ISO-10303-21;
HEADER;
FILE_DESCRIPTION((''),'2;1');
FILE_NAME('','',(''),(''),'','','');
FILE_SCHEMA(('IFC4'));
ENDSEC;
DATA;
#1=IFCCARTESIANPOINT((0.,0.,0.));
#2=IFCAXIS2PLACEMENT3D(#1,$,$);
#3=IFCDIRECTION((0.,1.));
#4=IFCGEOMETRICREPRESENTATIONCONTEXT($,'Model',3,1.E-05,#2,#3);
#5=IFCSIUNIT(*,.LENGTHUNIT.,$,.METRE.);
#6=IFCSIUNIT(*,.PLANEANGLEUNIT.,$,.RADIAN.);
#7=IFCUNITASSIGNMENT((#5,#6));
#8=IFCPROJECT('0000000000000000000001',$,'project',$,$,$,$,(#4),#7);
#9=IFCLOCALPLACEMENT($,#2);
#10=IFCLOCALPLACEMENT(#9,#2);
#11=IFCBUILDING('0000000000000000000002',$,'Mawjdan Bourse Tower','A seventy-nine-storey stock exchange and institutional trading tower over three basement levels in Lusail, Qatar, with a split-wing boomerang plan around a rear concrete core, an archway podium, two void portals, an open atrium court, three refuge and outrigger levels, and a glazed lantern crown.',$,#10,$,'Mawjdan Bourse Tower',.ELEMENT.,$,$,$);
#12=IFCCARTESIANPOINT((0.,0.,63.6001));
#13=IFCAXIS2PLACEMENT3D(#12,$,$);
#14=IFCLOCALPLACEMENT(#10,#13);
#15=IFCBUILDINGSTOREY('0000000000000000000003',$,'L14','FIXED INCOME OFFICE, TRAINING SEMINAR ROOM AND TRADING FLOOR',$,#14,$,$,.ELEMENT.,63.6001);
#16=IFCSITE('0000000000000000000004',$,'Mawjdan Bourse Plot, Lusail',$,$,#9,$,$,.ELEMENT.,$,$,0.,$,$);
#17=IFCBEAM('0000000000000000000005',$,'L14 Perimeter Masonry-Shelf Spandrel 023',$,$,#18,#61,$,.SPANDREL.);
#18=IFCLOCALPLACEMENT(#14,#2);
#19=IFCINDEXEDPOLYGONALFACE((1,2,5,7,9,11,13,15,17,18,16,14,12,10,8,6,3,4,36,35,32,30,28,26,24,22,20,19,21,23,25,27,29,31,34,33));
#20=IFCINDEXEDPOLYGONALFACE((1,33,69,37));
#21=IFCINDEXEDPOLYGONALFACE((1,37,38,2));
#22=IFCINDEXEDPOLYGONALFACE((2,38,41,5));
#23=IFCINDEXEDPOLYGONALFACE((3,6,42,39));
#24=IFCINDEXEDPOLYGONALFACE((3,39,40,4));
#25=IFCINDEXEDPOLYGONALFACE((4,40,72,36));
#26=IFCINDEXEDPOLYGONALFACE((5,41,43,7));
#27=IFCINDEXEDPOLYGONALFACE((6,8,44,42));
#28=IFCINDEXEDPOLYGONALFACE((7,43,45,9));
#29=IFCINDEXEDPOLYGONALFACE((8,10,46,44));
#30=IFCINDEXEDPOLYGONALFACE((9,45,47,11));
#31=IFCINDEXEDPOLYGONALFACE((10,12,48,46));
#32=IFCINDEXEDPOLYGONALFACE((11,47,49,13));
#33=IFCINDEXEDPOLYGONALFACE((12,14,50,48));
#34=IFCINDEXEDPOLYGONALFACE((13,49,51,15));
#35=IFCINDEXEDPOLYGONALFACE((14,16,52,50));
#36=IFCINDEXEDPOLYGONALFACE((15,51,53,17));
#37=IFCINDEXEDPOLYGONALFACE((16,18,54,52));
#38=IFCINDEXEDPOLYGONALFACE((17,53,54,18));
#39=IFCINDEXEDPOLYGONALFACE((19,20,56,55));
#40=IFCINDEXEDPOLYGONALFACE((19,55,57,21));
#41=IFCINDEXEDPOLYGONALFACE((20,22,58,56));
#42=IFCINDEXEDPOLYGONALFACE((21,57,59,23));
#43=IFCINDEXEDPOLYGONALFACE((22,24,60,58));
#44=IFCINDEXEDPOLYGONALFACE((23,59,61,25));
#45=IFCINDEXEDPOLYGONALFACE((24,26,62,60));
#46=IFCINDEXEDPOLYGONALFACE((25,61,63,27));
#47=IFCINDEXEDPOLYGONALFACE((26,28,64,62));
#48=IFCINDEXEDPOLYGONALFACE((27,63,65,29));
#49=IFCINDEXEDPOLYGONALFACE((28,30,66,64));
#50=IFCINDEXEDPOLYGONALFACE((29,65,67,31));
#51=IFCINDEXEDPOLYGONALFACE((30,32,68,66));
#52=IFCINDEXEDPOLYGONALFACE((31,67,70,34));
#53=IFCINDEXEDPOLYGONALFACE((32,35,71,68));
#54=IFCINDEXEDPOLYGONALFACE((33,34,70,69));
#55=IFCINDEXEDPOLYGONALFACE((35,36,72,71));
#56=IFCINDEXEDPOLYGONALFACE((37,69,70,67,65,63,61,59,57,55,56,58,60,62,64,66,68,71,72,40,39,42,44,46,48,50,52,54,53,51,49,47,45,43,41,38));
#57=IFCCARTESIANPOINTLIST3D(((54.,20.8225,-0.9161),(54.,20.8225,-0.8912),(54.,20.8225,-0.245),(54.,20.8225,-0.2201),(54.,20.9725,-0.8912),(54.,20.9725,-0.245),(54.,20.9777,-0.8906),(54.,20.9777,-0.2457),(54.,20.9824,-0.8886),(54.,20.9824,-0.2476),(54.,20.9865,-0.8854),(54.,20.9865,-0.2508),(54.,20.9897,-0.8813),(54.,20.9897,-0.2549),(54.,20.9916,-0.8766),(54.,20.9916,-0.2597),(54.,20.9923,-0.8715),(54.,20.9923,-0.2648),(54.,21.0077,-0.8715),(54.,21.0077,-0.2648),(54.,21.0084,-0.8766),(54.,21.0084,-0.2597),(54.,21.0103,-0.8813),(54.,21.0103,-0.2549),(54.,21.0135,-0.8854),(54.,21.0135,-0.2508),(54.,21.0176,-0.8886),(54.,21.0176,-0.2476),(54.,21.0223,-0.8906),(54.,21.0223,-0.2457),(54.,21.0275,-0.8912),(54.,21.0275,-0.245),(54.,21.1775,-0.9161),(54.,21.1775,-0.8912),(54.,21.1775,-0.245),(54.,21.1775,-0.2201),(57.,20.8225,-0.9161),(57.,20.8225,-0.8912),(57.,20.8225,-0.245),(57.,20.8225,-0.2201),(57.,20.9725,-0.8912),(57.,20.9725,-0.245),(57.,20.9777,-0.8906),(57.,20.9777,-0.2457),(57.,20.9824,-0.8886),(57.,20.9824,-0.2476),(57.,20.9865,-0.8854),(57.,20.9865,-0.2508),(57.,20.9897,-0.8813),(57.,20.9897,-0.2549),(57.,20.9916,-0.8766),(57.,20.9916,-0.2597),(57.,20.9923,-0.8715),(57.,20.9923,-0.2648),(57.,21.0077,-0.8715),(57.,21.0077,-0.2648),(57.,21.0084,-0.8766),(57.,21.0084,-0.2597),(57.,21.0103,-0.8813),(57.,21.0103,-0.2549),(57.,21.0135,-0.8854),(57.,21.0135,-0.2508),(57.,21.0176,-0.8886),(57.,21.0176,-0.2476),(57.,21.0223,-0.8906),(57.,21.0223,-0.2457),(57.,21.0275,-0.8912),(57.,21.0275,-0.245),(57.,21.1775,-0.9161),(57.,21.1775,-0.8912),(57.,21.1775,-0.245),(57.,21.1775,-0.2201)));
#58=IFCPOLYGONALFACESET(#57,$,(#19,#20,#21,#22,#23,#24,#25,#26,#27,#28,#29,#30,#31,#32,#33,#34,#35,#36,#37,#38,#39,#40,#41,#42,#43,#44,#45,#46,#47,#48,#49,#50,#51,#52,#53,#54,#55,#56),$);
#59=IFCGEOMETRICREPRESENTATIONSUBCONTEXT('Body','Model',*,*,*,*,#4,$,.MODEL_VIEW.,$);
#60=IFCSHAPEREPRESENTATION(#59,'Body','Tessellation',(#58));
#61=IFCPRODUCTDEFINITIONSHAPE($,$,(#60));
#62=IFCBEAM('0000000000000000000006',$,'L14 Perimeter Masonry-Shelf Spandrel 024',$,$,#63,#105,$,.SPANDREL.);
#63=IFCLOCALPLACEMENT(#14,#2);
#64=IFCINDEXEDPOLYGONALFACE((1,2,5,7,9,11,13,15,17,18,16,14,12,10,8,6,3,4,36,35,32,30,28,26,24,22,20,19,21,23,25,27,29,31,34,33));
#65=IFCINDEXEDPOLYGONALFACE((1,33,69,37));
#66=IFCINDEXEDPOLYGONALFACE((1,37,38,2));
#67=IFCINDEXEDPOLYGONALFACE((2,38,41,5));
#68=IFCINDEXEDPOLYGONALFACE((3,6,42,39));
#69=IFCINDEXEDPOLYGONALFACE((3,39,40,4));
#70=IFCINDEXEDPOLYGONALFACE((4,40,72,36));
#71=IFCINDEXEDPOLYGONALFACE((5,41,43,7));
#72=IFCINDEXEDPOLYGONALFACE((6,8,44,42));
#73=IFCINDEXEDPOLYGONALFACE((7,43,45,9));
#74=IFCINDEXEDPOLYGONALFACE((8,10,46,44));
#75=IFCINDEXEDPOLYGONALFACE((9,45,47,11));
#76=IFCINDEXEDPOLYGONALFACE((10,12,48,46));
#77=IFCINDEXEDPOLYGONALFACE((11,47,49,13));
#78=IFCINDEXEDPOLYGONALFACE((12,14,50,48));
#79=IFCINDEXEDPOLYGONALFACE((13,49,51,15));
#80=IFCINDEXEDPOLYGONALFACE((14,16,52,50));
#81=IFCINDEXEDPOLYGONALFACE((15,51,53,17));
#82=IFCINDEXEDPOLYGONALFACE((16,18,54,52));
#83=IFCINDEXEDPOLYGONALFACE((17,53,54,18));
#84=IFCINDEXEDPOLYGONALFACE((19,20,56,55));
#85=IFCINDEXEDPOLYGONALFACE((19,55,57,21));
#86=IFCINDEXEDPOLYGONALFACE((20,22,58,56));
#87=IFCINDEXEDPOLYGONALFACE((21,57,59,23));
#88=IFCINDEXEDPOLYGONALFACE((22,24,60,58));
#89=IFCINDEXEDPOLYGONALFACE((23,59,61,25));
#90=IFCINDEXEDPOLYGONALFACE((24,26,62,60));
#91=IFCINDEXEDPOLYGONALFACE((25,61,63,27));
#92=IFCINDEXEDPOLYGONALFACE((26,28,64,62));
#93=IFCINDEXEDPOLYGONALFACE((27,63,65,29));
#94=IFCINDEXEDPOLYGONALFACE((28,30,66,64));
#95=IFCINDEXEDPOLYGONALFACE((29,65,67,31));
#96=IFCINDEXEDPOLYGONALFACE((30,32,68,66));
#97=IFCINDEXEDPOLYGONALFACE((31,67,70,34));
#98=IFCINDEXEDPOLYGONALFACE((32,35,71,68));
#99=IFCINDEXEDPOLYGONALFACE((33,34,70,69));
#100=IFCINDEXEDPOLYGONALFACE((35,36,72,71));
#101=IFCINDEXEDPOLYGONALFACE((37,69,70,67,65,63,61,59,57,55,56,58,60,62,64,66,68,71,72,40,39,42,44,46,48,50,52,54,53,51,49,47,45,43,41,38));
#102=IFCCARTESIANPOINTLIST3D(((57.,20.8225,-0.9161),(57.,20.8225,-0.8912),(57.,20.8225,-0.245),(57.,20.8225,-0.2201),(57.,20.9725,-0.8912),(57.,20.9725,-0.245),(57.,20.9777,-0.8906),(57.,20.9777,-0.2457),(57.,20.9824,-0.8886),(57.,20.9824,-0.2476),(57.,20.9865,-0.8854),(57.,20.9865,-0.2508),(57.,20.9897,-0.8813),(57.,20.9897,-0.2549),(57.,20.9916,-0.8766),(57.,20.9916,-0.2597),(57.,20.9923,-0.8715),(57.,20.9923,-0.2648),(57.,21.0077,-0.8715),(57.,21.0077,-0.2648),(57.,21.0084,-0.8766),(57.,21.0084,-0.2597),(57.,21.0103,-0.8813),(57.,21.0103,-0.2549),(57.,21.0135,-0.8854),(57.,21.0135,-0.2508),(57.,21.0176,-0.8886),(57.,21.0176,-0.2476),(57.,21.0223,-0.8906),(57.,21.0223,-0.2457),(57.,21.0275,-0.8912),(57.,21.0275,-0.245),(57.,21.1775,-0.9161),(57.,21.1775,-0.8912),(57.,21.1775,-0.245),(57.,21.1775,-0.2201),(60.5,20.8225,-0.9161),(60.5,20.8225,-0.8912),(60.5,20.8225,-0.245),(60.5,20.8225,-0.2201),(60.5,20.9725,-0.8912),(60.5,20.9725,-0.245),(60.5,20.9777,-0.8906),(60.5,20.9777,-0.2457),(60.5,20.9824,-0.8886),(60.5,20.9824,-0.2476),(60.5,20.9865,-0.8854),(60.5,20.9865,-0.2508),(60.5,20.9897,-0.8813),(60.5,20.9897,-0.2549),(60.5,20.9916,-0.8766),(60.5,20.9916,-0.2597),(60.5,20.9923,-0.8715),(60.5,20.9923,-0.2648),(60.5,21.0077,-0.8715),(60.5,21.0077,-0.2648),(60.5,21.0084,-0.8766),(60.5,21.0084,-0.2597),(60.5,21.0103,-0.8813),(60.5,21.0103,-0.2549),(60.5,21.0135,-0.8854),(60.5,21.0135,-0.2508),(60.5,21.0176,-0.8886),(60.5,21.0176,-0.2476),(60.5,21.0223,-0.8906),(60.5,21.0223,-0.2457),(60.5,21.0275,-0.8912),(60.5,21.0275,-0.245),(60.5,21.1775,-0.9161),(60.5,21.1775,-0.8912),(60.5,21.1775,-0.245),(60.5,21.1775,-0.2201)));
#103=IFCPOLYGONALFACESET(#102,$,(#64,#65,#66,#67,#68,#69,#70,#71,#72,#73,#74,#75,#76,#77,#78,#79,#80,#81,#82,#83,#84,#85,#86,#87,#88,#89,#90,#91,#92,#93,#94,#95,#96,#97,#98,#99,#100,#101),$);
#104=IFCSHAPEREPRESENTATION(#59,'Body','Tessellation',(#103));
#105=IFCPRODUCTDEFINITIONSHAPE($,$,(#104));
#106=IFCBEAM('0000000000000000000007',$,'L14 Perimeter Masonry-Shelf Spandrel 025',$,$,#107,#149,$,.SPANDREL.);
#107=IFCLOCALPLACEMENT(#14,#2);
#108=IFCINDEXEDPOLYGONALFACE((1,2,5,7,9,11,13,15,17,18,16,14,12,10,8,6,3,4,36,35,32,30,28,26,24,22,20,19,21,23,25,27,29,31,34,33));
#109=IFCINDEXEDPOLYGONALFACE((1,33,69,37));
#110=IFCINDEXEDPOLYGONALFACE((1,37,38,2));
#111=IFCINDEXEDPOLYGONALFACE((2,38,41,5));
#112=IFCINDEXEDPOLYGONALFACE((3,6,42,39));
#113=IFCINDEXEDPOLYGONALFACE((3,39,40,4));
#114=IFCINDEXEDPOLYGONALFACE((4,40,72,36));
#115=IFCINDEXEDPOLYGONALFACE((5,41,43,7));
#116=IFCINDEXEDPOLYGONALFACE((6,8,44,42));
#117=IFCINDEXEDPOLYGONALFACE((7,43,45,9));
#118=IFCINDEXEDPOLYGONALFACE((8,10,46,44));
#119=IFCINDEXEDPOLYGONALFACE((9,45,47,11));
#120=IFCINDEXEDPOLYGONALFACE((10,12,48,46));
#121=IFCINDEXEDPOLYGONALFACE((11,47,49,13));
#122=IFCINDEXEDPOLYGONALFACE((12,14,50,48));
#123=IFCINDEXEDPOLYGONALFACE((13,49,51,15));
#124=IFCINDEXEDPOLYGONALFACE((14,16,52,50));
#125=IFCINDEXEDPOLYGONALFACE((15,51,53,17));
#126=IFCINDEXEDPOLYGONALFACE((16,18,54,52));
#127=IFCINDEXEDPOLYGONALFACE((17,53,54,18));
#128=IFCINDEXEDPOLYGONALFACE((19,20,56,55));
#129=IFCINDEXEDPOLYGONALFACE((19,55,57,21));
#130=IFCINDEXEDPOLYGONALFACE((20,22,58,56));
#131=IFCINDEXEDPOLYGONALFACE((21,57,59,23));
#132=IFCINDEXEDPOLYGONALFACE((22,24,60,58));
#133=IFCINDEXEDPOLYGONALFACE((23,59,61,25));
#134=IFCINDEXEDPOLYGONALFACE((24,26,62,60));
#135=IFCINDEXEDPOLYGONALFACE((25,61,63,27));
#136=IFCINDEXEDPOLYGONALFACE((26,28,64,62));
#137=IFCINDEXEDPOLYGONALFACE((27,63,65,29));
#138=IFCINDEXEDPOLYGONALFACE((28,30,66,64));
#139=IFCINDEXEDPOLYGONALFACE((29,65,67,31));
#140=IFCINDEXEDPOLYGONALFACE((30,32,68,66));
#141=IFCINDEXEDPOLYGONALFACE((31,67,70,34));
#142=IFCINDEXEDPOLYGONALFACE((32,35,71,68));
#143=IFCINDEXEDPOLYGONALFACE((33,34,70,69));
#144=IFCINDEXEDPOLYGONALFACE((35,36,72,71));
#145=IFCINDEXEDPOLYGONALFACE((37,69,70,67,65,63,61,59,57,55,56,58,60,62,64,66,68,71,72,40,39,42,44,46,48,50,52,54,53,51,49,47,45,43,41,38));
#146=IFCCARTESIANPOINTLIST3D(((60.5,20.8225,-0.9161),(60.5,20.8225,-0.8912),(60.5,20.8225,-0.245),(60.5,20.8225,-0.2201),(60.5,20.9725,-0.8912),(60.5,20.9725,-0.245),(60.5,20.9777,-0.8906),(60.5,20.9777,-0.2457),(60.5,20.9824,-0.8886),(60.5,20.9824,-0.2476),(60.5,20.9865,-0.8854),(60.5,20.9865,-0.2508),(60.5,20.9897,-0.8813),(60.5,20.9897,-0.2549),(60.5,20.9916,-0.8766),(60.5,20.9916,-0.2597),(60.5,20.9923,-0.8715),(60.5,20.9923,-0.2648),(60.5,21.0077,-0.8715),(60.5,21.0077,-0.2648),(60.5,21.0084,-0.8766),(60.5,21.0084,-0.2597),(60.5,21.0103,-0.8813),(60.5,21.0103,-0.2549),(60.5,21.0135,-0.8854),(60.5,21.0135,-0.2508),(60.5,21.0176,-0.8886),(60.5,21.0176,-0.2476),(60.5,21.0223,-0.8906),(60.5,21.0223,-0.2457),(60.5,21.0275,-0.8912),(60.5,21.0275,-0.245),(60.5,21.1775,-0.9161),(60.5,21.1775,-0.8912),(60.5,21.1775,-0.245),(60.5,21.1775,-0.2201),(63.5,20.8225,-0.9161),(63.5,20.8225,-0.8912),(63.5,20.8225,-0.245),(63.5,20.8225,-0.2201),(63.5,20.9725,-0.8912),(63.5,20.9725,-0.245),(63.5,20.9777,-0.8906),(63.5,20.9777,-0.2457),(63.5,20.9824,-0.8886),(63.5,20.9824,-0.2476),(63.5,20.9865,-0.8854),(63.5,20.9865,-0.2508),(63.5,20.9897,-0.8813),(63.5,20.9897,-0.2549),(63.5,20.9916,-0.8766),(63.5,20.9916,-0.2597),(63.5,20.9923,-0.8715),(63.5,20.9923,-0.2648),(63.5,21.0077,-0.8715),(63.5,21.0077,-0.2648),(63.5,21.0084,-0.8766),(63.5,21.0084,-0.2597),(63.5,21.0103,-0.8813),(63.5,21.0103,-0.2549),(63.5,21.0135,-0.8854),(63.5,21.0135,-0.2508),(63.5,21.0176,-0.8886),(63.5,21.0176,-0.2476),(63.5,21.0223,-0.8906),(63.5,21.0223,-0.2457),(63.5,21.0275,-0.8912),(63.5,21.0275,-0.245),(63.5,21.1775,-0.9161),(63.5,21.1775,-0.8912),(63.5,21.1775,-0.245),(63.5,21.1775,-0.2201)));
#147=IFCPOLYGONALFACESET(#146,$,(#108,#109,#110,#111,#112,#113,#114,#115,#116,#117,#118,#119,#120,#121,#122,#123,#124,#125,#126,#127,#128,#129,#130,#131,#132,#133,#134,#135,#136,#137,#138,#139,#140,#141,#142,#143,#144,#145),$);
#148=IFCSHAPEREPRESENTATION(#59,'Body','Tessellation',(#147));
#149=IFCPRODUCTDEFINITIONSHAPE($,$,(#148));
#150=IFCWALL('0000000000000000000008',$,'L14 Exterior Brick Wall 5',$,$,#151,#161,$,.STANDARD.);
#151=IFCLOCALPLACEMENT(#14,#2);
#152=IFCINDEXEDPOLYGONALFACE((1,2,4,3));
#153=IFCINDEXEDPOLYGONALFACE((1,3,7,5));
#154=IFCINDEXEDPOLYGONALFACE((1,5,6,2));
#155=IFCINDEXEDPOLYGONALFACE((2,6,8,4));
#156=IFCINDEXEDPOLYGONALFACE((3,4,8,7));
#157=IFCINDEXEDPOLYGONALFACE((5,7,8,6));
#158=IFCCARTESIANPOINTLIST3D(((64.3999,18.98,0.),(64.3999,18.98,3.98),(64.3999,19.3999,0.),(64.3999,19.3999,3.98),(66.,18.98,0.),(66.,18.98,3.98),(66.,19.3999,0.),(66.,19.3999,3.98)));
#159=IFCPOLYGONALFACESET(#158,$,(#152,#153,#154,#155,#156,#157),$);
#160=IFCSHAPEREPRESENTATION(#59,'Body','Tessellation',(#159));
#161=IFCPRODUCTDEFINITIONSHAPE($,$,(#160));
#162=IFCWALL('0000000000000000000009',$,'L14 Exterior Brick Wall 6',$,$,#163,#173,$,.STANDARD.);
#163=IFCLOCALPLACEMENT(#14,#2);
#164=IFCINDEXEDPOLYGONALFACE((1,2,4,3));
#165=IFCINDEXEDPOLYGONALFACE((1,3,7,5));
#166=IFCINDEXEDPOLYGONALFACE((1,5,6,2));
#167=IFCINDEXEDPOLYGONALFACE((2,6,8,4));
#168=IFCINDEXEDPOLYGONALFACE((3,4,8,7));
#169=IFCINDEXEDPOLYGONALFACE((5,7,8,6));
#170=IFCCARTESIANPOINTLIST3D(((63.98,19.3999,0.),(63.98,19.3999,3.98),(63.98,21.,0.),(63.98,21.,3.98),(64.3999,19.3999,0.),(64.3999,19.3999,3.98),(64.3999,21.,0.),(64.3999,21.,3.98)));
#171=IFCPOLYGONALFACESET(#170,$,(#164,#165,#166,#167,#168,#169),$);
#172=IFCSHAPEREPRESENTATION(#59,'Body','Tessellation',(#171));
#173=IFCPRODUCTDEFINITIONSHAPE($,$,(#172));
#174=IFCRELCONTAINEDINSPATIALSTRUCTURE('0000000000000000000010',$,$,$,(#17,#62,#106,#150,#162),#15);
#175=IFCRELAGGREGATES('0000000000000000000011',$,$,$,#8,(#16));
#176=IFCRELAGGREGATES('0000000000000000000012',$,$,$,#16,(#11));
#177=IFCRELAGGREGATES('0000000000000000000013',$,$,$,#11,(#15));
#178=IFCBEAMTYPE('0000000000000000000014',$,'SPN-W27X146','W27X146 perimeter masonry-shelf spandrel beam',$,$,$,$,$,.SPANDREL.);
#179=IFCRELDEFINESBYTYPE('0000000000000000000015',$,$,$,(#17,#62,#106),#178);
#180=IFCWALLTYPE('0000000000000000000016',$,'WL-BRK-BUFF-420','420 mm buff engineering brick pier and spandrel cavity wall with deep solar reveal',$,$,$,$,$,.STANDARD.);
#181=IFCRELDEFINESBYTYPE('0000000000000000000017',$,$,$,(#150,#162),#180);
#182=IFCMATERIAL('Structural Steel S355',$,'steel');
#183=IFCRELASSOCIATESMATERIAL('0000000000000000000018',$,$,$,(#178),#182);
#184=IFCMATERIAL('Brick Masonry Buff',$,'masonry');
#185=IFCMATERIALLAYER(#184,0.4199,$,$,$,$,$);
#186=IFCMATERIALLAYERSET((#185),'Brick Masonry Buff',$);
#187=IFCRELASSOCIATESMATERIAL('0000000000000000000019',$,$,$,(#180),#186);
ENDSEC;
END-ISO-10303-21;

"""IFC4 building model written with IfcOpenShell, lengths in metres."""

from ifc_helpers import new_model, si_unit, direction, frame, frame_2d, origin, origin_2d, place, context, subcontext, project, spatial, rectangle, i_section, extrude, material, layer, layer_set, material_profile, profile_set, type_object, element, save


model = new_model("IFC4")

# Units and contexts
model_context = context("Model", 3, precision=1e-05, world=origin(), true_north=direction((0.0, 1.0)))
body_context = subcontext(model_context, "Body", "Model", "MODEL_VIEW")
ifc_project = project(units=[si_unit("LENGTHUNIT", "METRE"), si_unit("PLANEANGLEUNIT", "RADIAN")], contexts=[model_context])

# Site, building, storey
site_placement = place(None, origin())
site = spatial("IfcSite", under=ifc_project, at=site_placement, Name="Mawjdan Bourse Plot, Lusail", CompositionType="ELEMENT", RefElevation=0.0)
building_placement = place(site_placement, origin())
building = spatial("IfcBuilding", under=site, at=building_placement, Name="Mawjdan Bourse Tower", Description="A seventy-nine-storey stock exchange and institutional trading tower over three basement levels in Lusail, Qatar, with a split-wing boomerang plan around a rear concrete core, an archway podium, two void portals, an open atrium court, three refuge and outrigger levels, and a glazed lantern crown.", LongName="Mawjdan Bourse Tower", CompositionType="ELEMENT")
storey_placement = place(building_placement, frame((0.0, 0.0, 63.6001)))
storey = spatial("IfcBuildingStorey", under=building, at=storey_placement, Name="L14", Description="FIXED INCOME OFFICE, TRAINING SEMINAR ROOM AND TRADING FLOOR", CompositionType="ELEMENT", Elevation=63.6001)

# Beams
ifc_material_1 = material(Name="Structural Steel S355", Category="steel")
ifc_material_profile_1 = material_profile(ifc_material_1, i_section(OverallWidth=0.355, OverallDepth=0.696, WebThickness=0.0154, FlangeThickness=0.0249, FilletRadius=0.0198, at=origin_2d()), Name="W27X146")
ifc_profile_set_1 = profile_set([ifc_material_profile_1], Name="Structural Steel S355")
beam_type_1 = type_object("IfcBeamType", Name="SPN-W27X146", Description="W27X146 perimeter masonry-shelf spandrel beam", PredefinedType="SPANDREL", material=ifc_profile_set_1)
beam_1_placement = place(storey_placement, frame((54.0, 21.0, -0.5681), z_axis=(1.0, 0.0, 0.0), x_axis=(0.0, 1.0, 0.0)))
element("IfcBeam", 1, at=beam_1_placement, inside=storey, type_object=beam_type_1, Name="L14 Perimeter Masonry-Shelf Spandrel 023", PredefinedType="SPANDREL", context=body_context, shape_type="SweptSolid", body=[
    extrude(i_section(OverallWidth=0.355, OverallDepth=0.696, WebThickness=0.0154, FlangeThickness=0.0249, FilletRadius=0.0198, at=origin_2d()), origin(), (0.0, 0.0, 1.0), 3.0),
])
beam_2_placement = place(storey_placement, frame((57.0, 21.0, -0.5681), z_axis=(1.0, 0.0, 0.0), x_axis=(0.0, 1.0, 0.0)))
element("IfcBeam", 2, at=beam_2_placement, inside=storey, type_object=beam_type_1, Name="L14 Perimeter Masonry-Shelf Spandrel 024", PredefinedType="SPANDREL", context=body_context, shape_type="SweptSolid", body=[
    extrude(i_section(OverallWidth=0.355, OverallDepth=0.696, WebThickness=0.0154, FlangeThickness=0.0249, FilletRadius=0.0198, at=origin_2d()), origin(), (0.0, 0.0, 1.0), 3.5),
])
beam_3_placement = place(storey_placement, frame((60.5, 21.0, -0.5681), z_axis=(1.0, 0.0, 0.0), x_axis=(0.0, 1.0, 0.0)))
element("IfcBeam", 3, at=beam_3_placement, inside=storey, type_object=beam_type_1, Name="L14 Perimeter Masonry-Shelf Spandrel 025", PredefinedType="SPANDREL", context=body_context, shape_type="SweptSolid", body=[
    extrude(i_section(OverallWidth=0.355, OverallDepth=0.696, WebThickness=0.0154, FlangeThickness=0.0249, FilletRadius=0.0198, at=origin_2d()), origin(), (0.0, 0.0, 1.0), 3.0),
])

# Walls
ifc_material_2 = material(Name="Brick Masonry Buff", Category="masonry")
ifc_layer_1 = layer(ifc_material_2, 0.4199)
ifc_layer_set_1 = layer_set([ifc_layer_1], Name="Brick Masonry Buff")
wall_type = type_object("IfcWallType", Name="WL-BRK-BUFF-420", Description="420 mm buff engineering brick pier and spandrel cavity wall with deep solar reveal", PredefinedType="STANDARD", material=ifc_layer_set_1)
for number, where, z_axis, x_axis, name in (
    (4, (66.0, 19.1899, 0.0), (0.0, 0.0, 1.0), (-1.0, 0.0, 0.0), "L14 Exterior Brick Wall 5"),
    (5, (64.1899, 19.3999, 0.0), (0.0, 0.0, 1.0), (0.0, 1.0, 0.0), "L14 Exterior Brick Wall 6"),
):
    element("IfcWall", number, at=place(storey_placement, frame(where, z_axis=z_axis, x_axis=x_axis)), inside=storey, type_object=wall_type, Name=name, PredefinedType="STANDARD", context=body_context, shape_type="SweptSolid", body=[
        extrude(rectangle(XDim=1.6001, YDim=0.4199, at=frame_2d((0.8, 0.0))), origin(), (0.0, 0.0, 1.0), 3.98),
    ])

save(model, "model.ifc")
